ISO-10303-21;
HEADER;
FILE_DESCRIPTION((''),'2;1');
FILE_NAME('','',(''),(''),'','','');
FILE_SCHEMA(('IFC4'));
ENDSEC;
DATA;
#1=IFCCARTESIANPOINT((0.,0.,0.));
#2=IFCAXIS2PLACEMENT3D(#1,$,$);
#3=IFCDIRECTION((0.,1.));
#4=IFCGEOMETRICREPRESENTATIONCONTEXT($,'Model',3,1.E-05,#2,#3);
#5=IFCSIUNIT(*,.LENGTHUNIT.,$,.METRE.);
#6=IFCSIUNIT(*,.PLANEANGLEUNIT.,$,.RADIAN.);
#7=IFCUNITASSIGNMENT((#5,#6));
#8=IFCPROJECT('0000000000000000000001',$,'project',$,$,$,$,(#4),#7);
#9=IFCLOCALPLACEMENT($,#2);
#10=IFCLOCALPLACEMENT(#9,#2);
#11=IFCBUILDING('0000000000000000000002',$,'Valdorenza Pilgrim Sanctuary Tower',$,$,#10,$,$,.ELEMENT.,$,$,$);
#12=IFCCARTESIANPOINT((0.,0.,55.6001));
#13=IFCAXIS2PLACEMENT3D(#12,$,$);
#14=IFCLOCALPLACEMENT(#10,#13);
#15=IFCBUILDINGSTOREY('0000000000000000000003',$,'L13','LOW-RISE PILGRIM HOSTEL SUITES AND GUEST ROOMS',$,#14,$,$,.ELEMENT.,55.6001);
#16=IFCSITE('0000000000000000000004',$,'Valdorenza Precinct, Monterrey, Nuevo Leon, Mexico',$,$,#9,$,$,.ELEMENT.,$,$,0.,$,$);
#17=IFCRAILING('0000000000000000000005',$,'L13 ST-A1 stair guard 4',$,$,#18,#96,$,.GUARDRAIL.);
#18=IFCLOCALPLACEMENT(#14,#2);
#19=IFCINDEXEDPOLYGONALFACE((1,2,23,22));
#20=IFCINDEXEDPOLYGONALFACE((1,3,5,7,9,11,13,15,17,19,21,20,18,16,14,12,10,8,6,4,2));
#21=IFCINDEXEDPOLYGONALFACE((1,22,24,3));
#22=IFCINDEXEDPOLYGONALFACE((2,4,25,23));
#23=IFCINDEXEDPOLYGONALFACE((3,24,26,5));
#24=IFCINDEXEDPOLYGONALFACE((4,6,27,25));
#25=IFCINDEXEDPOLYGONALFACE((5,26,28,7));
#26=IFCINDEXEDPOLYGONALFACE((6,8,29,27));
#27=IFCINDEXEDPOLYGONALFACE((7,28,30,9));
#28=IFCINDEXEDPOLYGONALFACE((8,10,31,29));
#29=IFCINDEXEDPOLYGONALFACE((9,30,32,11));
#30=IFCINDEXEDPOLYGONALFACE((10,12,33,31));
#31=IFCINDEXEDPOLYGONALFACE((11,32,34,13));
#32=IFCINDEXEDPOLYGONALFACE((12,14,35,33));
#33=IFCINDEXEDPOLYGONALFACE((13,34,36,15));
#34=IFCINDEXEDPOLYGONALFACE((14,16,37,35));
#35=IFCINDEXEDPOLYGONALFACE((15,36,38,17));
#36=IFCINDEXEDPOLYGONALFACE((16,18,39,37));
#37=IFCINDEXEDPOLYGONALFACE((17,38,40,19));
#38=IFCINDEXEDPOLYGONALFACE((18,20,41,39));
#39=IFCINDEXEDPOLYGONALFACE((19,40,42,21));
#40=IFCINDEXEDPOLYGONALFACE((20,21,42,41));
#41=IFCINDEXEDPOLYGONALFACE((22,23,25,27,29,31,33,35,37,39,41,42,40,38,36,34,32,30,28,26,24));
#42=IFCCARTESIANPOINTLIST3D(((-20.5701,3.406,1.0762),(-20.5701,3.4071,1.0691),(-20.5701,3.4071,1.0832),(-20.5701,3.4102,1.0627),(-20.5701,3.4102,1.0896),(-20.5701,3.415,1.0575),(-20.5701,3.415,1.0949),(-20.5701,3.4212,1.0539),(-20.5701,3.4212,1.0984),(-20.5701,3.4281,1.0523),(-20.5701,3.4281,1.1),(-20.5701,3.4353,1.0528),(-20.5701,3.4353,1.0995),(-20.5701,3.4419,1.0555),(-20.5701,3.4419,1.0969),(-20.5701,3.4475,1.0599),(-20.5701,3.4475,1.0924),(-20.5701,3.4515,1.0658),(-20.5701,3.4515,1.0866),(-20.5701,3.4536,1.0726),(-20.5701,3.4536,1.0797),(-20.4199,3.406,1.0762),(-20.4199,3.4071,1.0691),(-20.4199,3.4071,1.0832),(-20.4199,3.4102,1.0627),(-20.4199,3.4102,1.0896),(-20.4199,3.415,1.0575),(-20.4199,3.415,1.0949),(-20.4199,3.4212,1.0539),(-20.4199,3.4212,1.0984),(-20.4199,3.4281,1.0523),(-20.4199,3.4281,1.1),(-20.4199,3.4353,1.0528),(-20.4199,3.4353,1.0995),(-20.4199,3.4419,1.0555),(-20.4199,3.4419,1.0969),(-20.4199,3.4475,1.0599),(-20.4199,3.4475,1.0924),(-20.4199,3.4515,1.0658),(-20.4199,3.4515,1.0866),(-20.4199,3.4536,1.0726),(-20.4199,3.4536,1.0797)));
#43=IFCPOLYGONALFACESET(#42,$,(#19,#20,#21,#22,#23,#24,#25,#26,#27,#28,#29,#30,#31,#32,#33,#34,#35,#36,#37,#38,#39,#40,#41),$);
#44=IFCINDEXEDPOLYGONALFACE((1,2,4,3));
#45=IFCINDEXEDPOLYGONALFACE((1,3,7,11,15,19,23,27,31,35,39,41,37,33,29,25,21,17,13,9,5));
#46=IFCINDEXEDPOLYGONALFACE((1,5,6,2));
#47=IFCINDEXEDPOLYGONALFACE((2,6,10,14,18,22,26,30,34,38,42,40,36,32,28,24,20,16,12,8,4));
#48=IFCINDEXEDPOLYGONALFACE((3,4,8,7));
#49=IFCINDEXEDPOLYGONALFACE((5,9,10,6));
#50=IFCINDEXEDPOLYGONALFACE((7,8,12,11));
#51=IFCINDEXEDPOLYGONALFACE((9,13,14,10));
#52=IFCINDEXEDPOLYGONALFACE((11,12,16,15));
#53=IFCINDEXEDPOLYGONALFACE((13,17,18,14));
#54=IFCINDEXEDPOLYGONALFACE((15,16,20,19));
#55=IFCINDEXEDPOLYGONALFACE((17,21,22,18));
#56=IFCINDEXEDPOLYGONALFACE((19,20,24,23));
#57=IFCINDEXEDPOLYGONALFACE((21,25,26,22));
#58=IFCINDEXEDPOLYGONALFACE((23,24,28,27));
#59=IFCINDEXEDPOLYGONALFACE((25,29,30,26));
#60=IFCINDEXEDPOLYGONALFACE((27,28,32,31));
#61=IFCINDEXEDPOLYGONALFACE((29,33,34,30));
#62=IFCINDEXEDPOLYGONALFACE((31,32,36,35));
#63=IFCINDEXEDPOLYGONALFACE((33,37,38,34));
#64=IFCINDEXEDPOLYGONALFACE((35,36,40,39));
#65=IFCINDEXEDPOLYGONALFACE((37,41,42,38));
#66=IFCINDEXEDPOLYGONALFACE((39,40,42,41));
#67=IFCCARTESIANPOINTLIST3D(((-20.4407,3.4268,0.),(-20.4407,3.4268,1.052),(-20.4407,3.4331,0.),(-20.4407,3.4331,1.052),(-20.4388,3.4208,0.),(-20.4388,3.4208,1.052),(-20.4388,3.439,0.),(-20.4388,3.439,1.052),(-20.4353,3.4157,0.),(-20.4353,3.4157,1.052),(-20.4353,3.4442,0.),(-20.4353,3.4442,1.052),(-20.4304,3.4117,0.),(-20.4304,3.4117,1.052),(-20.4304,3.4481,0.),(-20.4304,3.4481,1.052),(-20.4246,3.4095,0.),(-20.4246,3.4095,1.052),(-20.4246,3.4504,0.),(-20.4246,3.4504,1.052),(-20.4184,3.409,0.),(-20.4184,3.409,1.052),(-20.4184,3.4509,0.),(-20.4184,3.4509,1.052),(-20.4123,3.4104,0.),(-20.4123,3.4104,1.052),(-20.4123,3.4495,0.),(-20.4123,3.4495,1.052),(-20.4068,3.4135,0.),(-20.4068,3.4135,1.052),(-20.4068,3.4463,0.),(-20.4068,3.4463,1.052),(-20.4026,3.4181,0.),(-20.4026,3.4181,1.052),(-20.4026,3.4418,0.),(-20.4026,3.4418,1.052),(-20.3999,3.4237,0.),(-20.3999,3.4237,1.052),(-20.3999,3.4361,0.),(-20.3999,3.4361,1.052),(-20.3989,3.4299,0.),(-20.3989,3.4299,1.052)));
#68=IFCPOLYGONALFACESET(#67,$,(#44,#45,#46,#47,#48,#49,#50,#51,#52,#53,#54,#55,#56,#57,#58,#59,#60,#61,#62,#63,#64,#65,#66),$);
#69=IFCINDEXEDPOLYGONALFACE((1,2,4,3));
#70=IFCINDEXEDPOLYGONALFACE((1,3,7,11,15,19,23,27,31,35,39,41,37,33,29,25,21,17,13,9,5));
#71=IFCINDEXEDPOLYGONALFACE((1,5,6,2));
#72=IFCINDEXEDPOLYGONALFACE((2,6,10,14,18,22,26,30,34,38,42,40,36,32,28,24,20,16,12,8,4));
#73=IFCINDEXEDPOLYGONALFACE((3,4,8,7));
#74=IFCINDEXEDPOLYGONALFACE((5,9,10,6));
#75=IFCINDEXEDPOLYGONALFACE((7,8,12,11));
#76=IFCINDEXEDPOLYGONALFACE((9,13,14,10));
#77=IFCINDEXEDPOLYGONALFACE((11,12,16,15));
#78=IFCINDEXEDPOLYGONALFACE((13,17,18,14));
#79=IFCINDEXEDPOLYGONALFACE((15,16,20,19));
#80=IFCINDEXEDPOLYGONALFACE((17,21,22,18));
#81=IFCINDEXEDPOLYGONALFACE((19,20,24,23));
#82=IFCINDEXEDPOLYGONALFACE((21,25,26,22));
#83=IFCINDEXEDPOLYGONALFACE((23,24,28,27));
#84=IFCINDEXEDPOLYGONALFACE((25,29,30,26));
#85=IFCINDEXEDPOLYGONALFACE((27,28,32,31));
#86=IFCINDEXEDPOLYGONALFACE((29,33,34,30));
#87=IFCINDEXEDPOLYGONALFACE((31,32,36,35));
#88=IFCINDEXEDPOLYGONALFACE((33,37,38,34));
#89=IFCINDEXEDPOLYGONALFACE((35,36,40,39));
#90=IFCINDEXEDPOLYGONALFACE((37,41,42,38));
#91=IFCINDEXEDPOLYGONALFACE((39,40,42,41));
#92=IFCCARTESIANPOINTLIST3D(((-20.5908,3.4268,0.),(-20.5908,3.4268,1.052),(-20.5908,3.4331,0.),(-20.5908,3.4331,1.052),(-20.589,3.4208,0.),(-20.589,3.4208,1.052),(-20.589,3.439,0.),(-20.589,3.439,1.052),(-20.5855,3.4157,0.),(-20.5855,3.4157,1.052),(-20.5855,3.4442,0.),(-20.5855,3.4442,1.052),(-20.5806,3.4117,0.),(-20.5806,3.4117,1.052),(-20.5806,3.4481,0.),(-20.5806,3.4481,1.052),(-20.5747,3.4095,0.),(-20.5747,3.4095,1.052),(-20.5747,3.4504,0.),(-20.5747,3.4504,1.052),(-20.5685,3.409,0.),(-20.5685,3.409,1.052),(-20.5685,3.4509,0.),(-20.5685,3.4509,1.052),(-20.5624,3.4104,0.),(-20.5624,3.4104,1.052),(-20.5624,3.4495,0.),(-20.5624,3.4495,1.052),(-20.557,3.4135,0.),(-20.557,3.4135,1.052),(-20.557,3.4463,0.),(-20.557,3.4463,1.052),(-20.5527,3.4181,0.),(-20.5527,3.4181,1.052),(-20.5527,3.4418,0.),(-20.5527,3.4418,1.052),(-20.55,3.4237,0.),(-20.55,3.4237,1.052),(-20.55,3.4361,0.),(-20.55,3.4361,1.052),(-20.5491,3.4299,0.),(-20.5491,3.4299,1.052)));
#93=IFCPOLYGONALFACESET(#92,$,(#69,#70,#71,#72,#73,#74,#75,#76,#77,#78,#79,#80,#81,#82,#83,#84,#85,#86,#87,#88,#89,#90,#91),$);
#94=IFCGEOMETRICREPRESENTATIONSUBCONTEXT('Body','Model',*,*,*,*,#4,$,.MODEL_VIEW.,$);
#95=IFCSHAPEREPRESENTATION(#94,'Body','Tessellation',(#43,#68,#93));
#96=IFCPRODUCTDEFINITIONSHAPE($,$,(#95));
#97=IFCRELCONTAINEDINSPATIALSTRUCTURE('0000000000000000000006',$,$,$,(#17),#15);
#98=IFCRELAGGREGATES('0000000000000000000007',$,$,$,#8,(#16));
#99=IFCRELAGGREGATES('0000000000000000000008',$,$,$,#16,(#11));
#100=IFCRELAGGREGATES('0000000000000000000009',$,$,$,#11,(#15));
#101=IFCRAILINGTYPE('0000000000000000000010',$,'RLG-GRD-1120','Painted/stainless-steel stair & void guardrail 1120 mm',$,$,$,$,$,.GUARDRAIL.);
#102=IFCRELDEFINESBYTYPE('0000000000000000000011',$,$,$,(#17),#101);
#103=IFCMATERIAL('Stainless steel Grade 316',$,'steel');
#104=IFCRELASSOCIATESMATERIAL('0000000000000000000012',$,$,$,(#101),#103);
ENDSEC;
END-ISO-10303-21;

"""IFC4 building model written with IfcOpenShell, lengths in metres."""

from ifc_helpers import new_model, si_unit, direction, frame, origin, origin_2d, place, context, subcontext, project, spatial, circle, extrude, material, type_object, element, save


model = new_model("IFC4")

# Units and contexts
model_context = context("Model", 3, precision=1e-05, world=origin(), true_north=direction((0.0, 1.0)))
body_context = subcontext(model_context, "Body", "Model", "MODEL_VIEW")
ifc_project = project(units=[si_unit("LENGTHUNIT", "METRE"), si_unit("PLANEANGLEUNIT", "RADIAN")], contexts=[model_context])

# Site, building, storey
site_placement = place(None, origin())
site = spatial("IfcSite", under=ifc_project, at=site_placement, Name="Valdorenza Precinct, Monterrey, Nuevo Leon, Mexico", CompositionType="ELEMENT", RefElevation=0.0)
building_placement = place(site_placement, origin())
building = spatial("IfcBuilding", under=site, at=building_placement, Name="Valdorenza Pilgrim Sanctuary Tower", CompositionType="ELEMENT")
storey_placement = place(building_placement, frame((0.0, 0.0, 55.6001)))
storey = spatial("IfcBuildingStorey", under=building, at=storey_placement, Name="L13", Description="LOW-RISE PILGRIM HOSTEL SUITES AND GUEST ROOMS", CompositionType="ELEMENT", Elevation=55.6001)

# Railing
ifc_material_1 = material(Name="Stainless steel Grade 316", Category="steel")
railing_type_1 = type_object("IfcRailingType", Name="RLG-GRD-1120", Description="Painted/stainless-steel stair & void guardrail 1120 mm", PredefinedType="GUARDRAIL", material=ifc_material_1)
railing_1_placement = place(storey_placement, frame((-20.4199, 3.4299, 0.0)))
element("IfcRailing", 1, at=railing_1_placement, inside=storey, type_object=railing_type_1, Name="L13 ST-A1 stair guard 4", PredefinedType="GUARDRAIL", context=body_context, shape_type="SweptSolid", body=[
    extrude(circle(Radius=0.0239, at=origin_2d()), frame((0.0, 0.0, 1.0762), z_axis=(-1.0, 0.0, 0.0), x_axis=(0.0, -1.0, 0.0)), (0.0, 0.0, 1.0), 0.1501),
    extrude(circle(Radius=0.021, at=origin_2d()), origin(), (0.0, 0.0, 1.0), 1.052),
    extrude(circle(Radius=0.021, at=origin_2d()), frame((-0.1501, 0.0, 0.0)), (0.0, 0.0, 1.0), 1.052),
])

save(model, "model.ifc")
